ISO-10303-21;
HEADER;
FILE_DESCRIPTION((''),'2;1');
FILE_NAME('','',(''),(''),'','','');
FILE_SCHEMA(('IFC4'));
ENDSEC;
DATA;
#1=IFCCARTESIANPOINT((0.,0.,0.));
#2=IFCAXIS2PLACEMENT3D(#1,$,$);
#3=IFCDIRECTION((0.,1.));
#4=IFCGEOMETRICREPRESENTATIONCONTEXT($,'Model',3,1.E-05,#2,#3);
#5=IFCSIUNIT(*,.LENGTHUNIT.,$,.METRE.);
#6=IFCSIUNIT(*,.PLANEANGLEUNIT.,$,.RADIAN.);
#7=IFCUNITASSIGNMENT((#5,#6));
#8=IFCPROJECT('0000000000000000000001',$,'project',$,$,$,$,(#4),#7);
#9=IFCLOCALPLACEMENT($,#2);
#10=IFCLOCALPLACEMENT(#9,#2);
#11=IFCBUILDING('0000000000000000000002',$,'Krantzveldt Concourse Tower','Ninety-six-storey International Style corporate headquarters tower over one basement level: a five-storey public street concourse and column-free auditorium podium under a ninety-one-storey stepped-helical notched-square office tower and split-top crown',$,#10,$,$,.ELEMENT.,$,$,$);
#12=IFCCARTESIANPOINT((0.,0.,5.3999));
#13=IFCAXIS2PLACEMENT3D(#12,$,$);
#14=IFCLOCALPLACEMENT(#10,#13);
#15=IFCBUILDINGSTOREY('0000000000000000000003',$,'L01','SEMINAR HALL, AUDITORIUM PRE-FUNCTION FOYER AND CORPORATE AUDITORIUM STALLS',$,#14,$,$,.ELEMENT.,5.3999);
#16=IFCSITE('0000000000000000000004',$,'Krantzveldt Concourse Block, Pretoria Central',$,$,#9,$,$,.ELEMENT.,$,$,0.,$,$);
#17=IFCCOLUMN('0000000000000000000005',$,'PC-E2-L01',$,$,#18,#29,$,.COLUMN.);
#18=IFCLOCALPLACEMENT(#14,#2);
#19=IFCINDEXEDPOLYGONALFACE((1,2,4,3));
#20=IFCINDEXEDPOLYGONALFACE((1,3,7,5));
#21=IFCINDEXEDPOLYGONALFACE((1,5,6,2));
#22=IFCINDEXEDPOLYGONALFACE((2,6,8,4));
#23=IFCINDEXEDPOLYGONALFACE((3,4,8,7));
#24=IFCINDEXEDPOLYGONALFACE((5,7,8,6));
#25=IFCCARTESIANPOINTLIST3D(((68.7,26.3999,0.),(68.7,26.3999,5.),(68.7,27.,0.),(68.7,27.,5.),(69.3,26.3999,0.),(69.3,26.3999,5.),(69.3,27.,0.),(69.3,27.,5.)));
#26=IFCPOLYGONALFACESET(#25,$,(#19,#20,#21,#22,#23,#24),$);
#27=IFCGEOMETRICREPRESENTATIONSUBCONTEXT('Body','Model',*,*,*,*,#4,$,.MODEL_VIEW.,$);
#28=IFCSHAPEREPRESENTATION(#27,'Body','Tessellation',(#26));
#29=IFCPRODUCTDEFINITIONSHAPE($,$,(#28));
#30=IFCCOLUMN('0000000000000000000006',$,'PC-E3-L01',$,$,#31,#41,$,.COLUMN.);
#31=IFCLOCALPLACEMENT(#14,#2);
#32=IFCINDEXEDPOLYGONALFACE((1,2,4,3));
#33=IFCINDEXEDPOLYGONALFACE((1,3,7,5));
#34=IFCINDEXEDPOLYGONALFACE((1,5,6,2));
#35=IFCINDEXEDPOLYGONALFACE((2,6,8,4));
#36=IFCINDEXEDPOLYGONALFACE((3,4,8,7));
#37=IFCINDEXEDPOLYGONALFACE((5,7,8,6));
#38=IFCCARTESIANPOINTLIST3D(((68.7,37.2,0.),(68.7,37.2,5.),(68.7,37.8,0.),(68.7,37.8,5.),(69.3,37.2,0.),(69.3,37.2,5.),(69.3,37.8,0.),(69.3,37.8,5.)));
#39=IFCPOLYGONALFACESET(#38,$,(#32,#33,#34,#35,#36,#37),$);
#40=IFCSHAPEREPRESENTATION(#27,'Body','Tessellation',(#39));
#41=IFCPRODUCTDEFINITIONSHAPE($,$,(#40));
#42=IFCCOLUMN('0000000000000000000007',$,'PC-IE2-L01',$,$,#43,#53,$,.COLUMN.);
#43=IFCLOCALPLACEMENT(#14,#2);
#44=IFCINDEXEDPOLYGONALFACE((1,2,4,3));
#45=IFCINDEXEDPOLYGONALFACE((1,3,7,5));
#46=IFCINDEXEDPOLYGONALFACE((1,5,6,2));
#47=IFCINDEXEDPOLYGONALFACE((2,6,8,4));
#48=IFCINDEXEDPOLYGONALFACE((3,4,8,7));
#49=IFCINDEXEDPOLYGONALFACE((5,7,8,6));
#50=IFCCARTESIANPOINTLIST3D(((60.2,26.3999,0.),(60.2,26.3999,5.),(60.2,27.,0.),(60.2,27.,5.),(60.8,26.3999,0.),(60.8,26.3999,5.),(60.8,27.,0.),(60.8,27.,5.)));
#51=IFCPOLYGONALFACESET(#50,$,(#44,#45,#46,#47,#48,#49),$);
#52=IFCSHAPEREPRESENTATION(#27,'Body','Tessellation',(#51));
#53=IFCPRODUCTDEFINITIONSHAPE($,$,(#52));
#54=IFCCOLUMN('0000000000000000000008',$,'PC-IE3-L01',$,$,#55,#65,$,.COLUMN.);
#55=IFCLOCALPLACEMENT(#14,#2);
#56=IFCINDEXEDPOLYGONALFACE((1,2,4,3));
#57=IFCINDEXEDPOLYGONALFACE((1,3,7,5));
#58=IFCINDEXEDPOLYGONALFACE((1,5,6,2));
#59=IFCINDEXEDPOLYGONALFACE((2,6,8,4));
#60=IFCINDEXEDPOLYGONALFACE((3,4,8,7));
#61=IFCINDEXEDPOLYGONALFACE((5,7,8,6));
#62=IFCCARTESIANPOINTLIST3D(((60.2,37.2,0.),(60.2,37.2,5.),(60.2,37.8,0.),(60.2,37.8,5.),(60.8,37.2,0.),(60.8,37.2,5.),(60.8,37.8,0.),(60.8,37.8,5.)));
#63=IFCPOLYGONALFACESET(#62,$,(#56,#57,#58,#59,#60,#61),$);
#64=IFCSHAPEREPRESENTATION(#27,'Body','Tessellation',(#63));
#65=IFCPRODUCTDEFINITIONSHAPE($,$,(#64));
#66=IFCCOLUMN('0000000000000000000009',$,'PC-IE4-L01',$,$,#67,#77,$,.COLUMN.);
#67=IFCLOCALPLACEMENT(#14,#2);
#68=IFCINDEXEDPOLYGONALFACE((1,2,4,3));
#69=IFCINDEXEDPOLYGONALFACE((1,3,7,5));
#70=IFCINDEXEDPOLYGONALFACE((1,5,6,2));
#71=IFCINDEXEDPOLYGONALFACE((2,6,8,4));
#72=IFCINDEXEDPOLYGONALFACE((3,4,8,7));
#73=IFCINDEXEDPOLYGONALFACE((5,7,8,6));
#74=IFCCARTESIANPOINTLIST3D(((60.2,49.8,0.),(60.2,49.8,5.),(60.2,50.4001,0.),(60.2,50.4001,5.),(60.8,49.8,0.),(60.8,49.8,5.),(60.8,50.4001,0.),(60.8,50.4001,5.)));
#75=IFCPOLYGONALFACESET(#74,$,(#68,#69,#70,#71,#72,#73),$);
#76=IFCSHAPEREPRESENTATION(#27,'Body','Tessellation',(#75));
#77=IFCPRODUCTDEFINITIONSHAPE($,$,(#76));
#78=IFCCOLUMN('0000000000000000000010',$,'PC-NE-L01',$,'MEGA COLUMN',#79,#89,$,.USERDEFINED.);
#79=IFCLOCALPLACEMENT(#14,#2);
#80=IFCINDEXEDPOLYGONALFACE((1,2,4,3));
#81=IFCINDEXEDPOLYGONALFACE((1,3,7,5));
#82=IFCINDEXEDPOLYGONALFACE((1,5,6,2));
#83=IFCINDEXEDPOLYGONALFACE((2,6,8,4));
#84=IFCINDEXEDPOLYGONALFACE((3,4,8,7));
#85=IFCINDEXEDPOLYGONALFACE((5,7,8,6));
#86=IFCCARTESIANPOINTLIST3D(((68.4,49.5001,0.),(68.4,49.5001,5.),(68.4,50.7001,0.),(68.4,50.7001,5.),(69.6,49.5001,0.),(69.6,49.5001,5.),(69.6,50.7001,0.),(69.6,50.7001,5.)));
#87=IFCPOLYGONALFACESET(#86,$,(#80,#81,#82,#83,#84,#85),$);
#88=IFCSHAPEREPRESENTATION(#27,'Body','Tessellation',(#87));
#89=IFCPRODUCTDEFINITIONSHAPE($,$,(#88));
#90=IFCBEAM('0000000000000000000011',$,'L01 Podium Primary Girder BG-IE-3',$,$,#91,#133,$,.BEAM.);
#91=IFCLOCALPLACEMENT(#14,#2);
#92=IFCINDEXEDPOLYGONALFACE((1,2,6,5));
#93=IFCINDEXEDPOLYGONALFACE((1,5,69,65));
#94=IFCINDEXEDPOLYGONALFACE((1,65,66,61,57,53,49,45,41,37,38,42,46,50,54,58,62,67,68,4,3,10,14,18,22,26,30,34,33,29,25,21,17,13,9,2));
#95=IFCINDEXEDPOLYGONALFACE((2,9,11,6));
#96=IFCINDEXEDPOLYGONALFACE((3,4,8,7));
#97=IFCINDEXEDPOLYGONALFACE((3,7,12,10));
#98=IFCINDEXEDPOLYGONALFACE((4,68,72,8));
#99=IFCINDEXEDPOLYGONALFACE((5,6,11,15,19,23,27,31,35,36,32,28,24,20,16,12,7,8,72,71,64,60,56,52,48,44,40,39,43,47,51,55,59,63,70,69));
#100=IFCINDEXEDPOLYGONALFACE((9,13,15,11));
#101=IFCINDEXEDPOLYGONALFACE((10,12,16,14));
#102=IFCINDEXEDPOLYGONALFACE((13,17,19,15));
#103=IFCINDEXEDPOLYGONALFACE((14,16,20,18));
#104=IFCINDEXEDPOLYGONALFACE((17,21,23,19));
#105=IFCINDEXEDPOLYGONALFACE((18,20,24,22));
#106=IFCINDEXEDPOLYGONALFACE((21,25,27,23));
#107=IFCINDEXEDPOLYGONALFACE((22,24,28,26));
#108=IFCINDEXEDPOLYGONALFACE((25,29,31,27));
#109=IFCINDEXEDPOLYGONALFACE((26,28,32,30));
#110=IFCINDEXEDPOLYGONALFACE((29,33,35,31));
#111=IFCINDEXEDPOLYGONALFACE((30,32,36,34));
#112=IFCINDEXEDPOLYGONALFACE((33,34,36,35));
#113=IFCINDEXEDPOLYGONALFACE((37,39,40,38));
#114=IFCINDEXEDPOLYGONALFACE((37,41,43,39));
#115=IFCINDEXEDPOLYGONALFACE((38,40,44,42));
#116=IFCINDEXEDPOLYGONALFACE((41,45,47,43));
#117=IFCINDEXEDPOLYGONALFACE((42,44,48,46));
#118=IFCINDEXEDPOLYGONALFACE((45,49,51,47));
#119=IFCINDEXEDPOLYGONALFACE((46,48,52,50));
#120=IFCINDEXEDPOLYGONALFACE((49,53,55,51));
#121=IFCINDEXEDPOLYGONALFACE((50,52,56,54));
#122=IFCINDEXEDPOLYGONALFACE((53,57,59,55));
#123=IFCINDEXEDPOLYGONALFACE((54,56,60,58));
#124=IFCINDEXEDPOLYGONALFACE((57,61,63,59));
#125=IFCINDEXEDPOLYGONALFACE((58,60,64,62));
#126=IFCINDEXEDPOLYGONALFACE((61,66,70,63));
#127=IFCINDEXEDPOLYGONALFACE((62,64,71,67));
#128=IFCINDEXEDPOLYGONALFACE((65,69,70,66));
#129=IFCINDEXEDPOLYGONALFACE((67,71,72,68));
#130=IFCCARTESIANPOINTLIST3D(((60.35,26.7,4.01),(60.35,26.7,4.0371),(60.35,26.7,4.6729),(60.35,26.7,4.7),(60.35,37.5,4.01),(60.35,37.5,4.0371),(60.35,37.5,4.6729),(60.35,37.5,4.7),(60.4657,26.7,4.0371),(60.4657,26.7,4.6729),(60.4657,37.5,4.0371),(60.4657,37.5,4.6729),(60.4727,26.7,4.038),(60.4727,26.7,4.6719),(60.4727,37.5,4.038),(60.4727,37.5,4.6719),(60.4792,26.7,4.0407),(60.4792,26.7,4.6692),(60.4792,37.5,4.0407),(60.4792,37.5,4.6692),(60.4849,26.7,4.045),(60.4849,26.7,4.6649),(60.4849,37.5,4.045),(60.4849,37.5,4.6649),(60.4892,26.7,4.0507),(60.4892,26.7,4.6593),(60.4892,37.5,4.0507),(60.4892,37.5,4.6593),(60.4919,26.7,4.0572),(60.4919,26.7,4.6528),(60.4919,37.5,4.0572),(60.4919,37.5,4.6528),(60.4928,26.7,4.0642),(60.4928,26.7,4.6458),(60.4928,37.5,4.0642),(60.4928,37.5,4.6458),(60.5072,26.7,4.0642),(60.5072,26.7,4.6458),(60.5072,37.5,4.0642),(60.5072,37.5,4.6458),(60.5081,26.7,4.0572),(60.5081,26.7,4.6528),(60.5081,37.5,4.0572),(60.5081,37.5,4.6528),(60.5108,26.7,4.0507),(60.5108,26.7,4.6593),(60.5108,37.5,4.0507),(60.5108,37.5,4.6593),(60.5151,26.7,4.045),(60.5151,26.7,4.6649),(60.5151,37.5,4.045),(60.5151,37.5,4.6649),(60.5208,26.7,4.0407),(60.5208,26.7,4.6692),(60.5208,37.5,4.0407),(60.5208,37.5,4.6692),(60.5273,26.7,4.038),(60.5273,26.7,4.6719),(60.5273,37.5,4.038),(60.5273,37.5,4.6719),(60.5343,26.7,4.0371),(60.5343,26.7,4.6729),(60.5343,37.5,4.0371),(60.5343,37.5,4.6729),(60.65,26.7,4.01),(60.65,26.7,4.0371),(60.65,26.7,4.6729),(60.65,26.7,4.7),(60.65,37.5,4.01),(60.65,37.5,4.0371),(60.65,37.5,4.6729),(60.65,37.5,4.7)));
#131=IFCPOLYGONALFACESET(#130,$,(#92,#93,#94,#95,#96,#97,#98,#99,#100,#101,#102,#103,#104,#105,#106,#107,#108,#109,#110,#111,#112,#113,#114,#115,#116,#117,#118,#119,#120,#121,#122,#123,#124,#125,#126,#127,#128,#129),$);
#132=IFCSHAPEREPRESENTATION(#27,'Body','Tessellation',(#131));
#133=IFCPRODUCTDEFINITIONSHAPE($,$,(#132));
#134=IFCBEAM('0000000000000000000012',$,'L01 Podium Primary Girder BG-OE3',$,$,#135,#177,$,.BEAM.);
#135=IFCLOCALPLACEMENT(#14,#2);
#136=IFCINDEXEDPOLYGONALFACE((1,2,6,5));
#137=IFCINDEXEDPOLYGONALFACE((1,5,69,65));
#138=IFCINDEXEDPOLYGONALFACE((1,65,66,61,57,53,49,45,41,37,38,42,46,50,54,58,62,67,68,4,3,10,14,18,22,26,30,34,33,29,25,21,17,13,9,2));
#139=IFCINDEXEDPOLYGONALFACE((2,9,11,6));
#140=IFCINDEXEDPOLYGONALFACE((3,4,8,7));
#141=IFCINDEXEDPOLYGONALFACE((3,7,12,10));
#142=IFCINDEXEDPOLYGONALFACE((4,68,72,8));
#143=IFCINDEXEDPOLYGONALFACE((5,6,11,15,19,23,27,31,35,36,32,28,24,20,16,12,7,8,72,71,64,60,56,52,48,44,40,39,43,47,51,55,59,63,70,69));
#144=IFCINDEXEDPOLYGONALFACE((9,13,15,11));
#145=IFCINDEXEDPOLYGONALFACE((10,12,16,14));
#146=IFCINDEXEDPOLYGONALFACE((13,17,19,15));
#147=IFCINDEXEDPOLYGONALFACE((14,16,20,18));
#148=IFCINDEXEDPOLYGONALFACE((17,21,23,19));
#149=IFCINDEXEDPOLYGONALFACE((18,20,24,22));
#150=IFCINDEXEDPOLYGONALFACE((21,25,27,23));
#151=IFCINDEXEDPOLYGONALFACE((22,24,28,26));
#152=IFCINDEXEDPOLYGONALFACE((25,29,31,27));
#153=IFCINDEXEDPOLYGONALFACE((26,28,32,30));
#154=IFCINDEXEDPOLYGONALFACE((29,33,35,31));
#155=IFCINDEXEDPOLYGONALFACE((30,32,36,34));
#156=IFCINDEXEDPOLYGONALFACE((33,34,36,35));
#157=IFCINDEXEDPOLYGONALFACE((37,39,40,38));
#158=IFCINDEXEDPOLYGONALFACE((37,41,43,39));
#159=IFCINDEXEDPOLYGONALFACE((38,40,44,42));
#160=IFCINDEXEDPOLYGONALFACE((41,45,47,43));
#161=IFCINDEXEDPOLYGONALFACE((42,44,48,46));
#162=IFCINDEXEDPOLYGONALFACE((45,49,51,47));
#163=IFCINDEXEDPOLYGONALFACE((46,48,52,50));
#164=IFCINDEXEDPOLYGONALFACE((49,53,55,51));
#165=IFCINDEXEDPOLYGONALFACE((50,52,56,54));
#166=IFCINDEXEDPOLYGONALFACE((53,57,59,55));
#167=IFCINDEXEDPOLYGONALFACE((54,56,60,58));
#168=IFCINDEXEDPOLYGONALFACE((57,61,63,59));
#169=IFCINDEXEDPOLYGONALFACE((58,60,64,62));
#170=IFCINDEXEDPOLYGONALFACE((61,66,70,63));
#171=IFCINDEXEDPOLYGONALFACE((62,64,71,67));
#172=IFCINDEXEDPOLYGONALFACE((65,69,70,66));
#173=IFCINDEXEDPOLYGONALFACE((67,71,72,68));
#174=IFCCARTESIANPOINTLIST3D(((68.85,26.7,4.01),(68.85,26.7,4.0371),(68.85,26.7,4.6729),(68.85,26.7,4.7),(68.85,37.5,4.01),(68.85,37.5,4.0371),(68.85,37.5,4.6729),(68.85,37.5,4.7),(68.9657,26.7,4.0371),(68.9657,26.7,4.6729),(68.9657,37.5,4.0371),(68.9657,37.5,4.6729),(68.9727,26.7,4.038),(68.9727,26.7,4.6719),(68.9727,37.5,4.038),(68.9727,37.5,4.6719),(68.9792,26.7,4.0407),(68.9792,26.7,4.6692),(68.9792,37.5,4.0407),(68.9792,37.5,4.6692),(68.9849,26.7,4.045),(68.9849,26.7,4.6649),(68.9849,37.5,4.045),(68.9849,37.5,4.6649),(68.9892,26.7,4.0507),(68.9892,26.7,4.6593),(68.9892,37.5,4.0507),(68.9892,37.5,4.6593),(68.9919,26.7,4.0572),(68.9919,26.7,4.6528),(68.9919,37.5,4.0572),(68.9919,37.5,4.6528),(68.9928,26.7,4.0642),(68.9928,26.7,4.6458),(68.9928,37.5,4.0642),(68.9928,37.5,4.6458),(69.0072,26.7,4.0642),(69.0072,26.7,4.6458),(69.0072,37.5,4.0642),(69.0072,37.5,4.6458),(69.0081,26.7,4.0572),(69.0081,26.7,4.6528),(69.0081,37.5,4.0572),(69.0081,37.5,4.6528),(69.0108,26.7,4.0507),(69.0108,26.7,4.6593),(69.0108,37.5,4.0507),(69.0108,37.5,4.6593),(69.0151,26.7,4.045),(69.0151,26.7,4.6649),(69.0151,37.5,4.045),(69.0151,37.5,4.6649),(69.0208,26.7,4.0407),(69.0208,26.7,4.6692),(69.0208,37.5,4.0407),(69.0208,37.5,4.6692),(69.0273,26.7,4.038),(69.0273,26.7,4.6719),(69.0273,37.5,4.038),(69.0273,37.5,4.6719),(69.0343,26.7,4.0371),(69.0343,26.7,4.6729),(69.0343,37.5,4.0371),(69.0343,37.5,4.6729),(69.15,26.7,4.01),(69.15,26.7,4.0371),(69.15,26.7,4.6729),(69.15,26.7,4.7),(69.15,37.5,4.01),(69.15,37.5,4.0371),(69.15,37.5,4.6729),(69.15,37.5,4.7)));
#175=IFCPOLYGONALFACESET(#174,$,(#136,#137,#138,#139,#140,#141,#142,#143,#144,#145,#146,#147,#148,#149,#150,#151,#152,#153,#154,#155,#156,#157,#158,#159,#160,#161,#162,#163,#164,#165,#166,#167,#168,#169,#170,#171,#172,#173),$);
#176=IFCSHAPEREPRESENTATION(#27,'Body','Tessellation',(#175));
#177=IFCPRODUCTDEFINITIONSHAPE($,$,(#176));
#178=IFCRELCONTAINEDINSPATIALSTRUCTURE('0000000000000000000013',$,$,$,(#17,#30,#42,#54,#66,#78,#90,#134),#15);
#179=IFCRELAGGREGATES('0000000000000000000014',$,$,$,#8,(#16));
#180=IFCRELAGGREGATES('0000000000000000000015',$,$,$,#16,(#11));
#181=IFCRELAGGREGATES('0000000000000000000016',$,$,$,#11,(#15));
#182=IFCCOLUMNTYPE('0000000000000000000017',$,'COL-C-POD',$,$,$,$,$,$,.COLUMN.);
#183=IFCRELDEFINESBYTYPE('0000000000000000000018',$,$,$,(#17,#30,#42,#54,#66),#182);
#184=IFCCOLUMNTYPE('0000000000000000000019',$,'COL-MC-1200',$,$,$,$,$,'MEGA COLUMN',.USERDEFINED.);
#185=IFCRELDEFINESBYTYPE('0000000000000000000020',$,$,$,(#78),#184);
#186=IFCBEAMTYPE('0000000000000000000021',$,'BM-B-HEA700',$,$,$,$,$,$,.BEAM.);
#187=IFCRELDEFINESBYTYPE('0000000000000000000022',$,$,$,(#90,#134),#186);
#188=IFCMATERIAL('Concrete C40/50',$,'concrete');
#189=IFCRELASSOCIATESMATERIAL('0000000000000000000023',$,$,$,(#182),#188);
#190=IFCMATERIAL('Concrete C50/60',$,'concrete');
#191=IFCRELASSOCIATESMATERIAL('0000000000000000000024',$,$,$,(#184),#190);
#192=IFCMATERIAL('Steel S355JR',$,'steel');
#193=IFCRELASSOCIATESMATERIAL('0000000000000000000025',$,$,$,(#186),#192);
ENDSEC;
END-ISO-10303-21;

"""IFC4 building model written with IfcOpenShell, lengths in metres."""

from ifc_helpers import new_model, si_unit, direction, frame, origin, origin_2d, place, context, subcontext, project, spatial, rectangle, i_section, extrude, source, transform, mapped, material, material_profile, profile_set, type_object, type_shapes, element, save


model = new_model("IFC4")

# Units and contexts
model_context = context("Model", 3, precision=1e-05, world=origin(), true_north=direction((0.0, 1.0)))
body_context = subcontext(model_context, "Body", "Model", "MODEL_VIEW")
ifc_project = project(units=[si_unit("LENGTHUNIT", "METRE"), si_unit("PLANEANGLEUNIT", "RADIAN")], contexts=[model_context])

# Site, building, storey
site_placement = place(None, origin())
site = spatial("IfcSite", under=ifc_project, at=site_placement, Name="Krantzveldt Concourse Block, Pretoria Central", CompositionType="ELEMENT", RefElevation=0.0)
building_placement = place(site_placement, origin())
building = spatial("IfcBuilding", under=site, at=building_placement, Name="Krantzveldt Concourse Tower", Description="Ninety-six-storey International Style corporate headquarters tower over one basement level: a five-storey public street concourse and column-free auditorium podium under a ninety-one-storey stepped-helical notched-square office tower and split-top crown", CompositionType="ELEMENT")
storey_placement = place(building_placement, frame((0.0, 0.0, 5.3999)))
storey = spatial("IfcBuildingStorey", under=building, at=storey_placement, Name="L01", Description="SEMINAR HALL, AUDITORIUM PRE-FUNCTION FOYER AND CORPORATE AUDITORIUM STALLS", CompositionType="ELEMENT", Elevation=5.3999)

# Columns
ifc_material_1 = material(Name="Concrete C40/50", Category="concrete")
ifc_material_profile_1 = material_profile(ifc_material_1, rectangle(XDim=0.6001, YDim=0.6001, at=origin_2d()), Name="Concrete C40/50", Category="concrete")
ifc_profile_set_1 = profile_set([ifc_material_profile_1], Name="Concrete C40/50 - RC 600x600")
column_type_1 = type_object("IfcColumnType", Name="COL-C-POD", PredefinedType="COLUMN", material=ifc_profile_set_1)
shared_shape_1 = source(origin(), body_context, "Body", "SweptSolid", [
    extrude(rectangle(XDim=0.6001, YDim=0.6001, at=origin_2d()), origin(), (0.0, 0.0, 1.0), 5.0),
])
type_shapes(column_type_1, [shared_shape_1])
for number, where, z_axis, x_axis, name in (
    (1, (69.0, 26.7, 0.0), (0.0, 0.0, 1.0), (1.0, 0.0, 0.0), "PC-E2-L01"),
    (2, (69.0, 37.5, 0.0), (0.0, 0.0, 1.0), (1.0, 0.0, 0.0), "PC-E3-L01"),
    (3, (60.5, 26.7, 0.0), (0.0, 0.0, 1.0), (1.0, 0.0, 0.0), "PC-IE2-L01"),
    (4, (60.5, 37.5, 0.0), (0.0, 0.0, 1.0), (1.0, 0.0, 0.0), "PC-IE3-L01"),
    (5, (60.5, 50.1001, 0.0), (0.0, 0.0, 1.0), (1.0, 0.0, 0.0), "PC-IE4-L01"),
):
    element("IfcColumn", number, at=place(storey_placement, frame(where, z_axis=z_axis, x_axis=x_axis)), inside=storey, type_object=column_type_1, Name=name, PredefinedType="COLUMN", context=body_context, shape_type="MappedRepresentation", body=[
        mapped(shared_shape_1, transform((0.0, 0.0, 0.0), x_axis=(1.0, 0.0, 0.0), y_axis=(0.0, 1.0, 0.0), z_axis=(0.0, 0.0, 1.0), scale=1.0)),
    ])
ifc_material_2 = material(Name="Concrete C50/60", Category="concrete")
ifc_material_profile_2 = material_profile(ifc_material_2, rectangle(XDim=1.2, YDim=1.2, at=origin_2d()), Name="Concrete C50/60", Category="concrete")
ifc_profile_set_2 = profile_set([ifc_material_profile_2], Name="Concrete C50/60 - RC 1200x1200")
column_type_2 = type_object("IfcColumnType", Name="COL-MC-1200", ElementType="MEGA COLUMN", PredefinedType="USERDEFINED", material=ifc_profile_set_2)
shared_shape_2 = source(origin(), body_context, "Body", "SweptSolid", [
    extrude(rectangle(XDim=1.2, YDim=1.2, at=origin_2d()), origin(), (0.0, 0.0, 1.0), 5.0),
])
type_shapes(column_type_2, [shared_shape_2])
column_placement = place(storey_placement, frame((69.0, 50.1001, 0.0), z_axis=(0.0, 0.0, 1.0), x_axis=(1.0, 0.0, 0.0)))
element("IfcColumn", 6, at=column_placement, inside=storey, type_object=column_type_2, Name="PC-NE-L01", ObjectType="MEGA COLUMN", PredefinedType="USERDEFINED", context=body_context, shape_type="MappedRepresentation", body=[
    mapped(shared_shape_2, transform((0.0, 0.0, 0.0), x_axis=(1.0, 0.0, 0.0), y_axis=(0.0, 1.0, 0.0), z_axis=(0.0, 0.0, 1.0), scale=1.0)),
])

# Beams
ifc_material_3 = material(Name="Steel S355JR", Category="steel")
ifc_material_profile_3 = material_profile(ifc_material_3, i_section(OverallWidth=0.3, OverallDepth=0.6899, WebThickness=0.0144, FlangeThickness=0.0271, FilletRadius=0.0271, at=origin_2d()), Name="Steel S355JR", Category="steel")
ifc_profile_set_3 = profile_set([ifc_material_profile_3], Name="Steel S355JR - HEA 700")
beam_type_1 = type_object("IfcBeamType", Name="BM-B-HEA700", PredefinedType="BEAM", material=ifc_profile_set_3)
shared_shape_3 = source(origin(), body_context, "Body", "SweptSolid", [
    extrude(i_section(OverallWidth=0.3, OverallDepth=0.6899, WebThickness=0.0144, FlangeThickness=0.0271, FilletRadius=0.0271, at=origin_2d()), origin(), (0.0, 0.0, 1.0), 10.8),
])
for number, where, z_axis, x_axis, name in (
    (7, (60.5, 26.7, 4.355), (0.0, 1.0, 0.0), (-1.0, 0.0, 0.0), "L01 Podium Primary Girder BG-IE-3"),
    (8, (69.0, 26.7, 4.355), (0.0, 1.0, 0.0), (-1.0, 0.0, 0.0), "L01 Podium Primary Girder BG-OE3"),
):
    element("IfcBeam", number, at=place(storey_placement, frame(where, z_axis=z_axis, x_axis=x_axis)), inside=storey, type_object=beam_type_1, Name=name, PredefinedType="BEAM", context=body_context, shape_type="MappedRepresentation", body=[
        mapped(shared_shape_3, transform((0.0, 0.0, 0.0), x_axis=(1.0, 0.0, 0.0), y_axis=(0.0, 1.0, 0.0), z_axis=(0.0, 0.0, 1.0), scale=1.0)),
    ])

save(model, "model.ifc")
